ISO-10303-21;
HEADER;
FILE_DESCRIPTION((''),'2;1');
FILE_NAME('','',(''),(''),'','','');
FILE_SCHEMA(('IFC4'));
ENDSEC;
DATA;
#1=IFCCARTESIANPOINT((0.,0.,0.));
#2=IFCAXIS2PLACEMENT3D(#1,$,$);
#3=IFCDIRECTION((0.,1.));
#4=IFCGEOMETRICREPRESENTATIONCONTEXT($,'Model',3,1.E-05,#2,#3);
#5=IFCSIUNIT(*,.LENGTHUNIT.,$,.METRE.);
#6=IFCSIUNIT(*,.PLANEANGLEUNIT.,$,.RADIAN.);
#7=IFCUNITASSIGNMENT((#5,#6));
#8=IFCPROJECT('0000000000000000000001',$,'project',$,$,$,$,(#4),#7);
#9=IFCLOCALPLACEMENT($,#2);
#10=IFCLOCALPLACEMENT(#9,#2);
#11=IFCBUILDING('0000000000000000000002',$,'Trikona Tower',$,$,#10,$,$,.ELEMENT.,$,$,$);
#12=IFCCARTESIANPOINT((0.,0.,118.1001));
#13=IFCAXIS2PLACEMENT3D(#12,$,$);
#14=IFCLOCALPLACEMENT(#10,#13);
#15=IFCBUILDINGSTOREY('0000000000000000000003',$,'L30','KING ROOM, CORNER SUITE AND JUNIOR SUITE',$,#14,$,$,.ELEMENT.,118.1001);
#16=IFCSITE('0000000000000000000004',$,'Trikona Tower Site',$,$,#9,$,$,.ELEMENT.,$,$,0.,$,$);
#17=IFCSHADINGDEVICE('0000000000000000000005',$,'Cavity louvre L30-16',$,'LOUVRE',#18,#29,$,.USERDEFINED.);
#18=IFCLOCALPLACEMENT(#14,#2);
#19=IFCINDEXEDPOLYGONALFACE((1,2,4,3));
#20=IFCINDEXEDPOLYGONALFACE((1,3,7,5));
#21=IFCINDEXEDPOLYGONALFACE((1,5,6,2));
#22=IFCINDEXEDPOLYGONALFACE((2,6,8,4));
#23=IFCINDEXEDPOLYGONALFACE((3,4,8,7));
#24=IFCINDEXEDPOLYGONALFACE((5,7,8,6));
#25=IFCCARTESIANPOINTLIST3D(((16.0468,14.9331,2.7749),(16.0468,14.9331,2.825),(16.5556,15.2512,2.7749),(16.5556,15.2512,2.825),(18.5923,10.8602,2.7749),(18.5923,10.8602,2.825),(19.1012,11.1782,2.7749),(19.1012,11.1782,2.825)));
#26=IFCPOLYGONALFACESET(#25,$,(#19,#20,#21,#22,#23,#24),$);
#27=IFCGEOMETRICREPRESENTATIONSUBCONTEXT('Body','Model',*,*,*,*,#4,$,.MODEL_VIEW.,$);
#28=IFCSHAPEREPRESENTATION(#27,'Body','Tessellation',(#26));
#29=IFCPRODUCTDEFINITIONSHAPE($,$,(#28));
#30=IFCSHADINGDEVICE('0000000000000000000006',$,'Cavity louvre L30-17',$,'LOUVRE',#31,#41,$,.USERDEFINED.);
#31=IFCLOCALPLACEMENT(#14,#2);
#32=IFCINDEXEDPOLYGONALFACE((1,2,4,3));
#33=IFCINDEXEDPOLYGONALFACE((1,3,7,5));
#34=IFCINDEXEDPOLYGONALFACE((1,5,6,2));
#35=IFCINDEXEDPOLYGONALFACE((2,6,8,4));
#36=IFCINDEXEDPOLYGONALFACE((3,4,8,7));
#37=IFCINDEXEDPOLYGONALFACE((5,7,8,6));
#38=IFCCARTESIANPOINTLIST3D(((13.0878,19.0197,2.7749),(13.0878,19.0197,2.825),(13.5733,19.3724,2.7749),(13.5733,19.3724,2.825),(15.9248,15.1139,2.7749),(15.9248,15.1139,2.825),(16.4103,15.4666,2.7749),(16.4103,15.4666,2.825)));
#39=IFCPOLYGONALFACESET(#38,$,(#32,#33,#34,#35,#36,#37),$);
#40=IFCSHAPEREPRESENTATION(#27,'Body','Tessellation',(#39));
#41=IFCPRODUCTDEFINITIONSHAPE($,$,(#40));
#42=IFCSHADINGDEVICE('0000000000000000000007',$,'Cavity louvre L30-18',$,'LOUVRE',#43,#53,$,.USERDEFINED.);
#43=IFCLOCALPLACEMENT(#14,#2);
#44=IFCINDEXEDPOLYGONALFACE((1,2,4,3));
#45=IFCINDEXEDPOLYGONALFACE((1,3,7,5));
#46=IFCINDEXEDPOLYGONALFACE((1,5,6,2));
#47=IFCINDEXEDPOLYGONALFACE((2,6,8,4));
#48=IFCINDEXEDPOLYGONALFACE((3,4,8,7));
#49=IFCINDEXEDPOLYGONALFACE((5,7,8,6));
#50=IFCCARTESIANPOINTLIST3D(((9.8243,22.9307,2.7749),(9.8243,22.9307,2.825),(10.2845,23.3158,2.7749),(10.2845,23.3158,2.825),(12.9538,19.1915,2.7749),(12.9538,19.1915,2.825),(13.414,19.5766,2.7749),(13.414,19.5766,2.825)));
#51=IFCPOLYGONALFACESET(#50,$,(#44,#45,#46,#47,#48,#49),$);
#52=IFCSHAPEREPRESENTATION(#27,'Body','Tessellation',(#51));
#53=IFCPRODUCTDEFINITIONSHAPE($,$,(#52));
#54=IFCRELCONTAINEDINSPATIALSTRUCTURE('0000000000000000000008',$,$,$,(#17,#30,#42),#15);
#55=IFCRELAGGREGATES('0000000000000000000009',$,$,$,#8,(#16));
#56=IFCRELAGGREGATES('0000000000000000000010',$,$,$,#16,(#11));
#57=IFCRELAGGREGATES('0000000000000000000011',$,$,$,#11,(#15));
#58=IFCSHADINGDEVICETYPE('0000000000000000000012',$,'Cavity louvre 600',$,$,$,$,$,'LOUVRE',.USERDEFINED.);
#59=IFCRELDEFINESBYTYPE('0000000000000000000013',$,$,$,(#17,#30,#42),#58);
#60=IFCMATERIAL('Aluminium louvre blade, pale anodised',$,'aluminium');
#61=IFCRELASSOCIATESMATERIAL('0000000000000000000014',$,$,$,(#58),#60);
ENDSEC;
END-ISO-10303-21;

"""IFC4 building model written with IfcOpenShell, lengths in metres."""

from ifc_helpers import new_model, si_unit, direction, frame, origin, origin_2d, place, context, subcontext, project, spatial, rectangle, extrude, material, type_object, element, save


model = new_model("IFC4")

# Units and contexts
model_context = context("Model", 3, precision=1e-05, world=origin(), true_north=direction((0.0, 1.0)))
body_context = subcontext(model_context, "Body", "Model", "MODEL_VIEW")
ifc_project = project(units=[si_unit("LENGTHUNIT", "METRE"), si_unit("PLANEANGLEUNIT", "RADIAN")], contexts=[model_context])

# Site, building, storey
site_placement = place(None, origin())
site = spatial("IfcSite", under=ifc_project, at=site_placement, Name="Trikona Tower Site", CompositionType="ELEMENT", RefElevation=0.0)
building_placement = place(site_placement, origin())
building = spatial("IfcBuilding", under=site, at=building_placement, Name="Trikona Tower", CompositionType="ELEMENT")
storey_placement = place(building_placement, frame((0.0, 0.0, 118.1001)))
storey = spatial("IfcBuildingStorey", under=building, at=storey_placement, Name="L30", Description="KING ROOM, CORNER SUITE AND JUNIOR SUITE", CompositionType="ELEMENT", Elevation=118.1001)

# Shading devices
ifc_material_1 = material(Name="Aluminium louvre blade, pale anodised", Category="aluminium")
shading_device_type = type_object("IfcShadingDeviceType", Name="Cavity louvre 600", ElementType="LOUVRE", PredefinedType="USERDEFINED", material=ifc_material_1)
shading_device_1_placement = place(storey_placement, frame((17.574, 13.0557, 2.7749), z_axis=(0.0, 0.0, 1.0), x_axis=(-0.529995, 0.848001, 0.0)))
element("IfcShadingDevice", 1, at=shading_device_1_placement, inside=storey, type_object=shading_device_type, Name="Cavity louvre L30-16", ObjectType="LOUVRE", PredefinedType="USERDEFINED", context=body_context, shape_type="SweptSolid", body=[
    extrude(rectangle(XDim=4.803, YDim=0.6001, at=origin_2d()), origin(), (0.0, 0.0, 1.0), 0.05),
])
shading_device_2_placement = place(storey_placement, frame((14.749, 17.2432, 2.7749), z_axis=(0.0, 0.0, 1.0), x_axis=(-0.587686, 0.809089, 0.0)))
element("IfcShadingDevice", 2, at=shading_device_2_placement, inside=storey, type_object=shading_device_type, Name="Cavity louvre L30-17", ObjectType="LOUVRE", PredefinedType="USERDEFINED", context=body_context, shape_type="SweptSolid", body=[
    extrude(rectangle(XDim=4.8274, YDim=0.6001, at=origin_2d()), origin(), (0.0, 0.0, 1.0), 0.05),
])
shading_device_3_placement = place(storey_placement, frame((11.6191, 21.2537, 2.7749), z_axis=(0.0, 0.0, 1.0), x_axis=(-0.641807, 0.766866, 0.0)))
element("IfcShadingDevice", 3, at=shading_device_3_placement, inside=storey, type_object=shading_device_type, Name="Cavity louvre L30-18", ObjectType="LOUVRE", PredefinedType="USERDEFINED", context=body_context, shape_type="SweptSolid", body=[
    extrude(rectangle(XDim=4.876, YDim=0.6001, at=origin_2d()), origin(), (0.0, 0.0, 1.0), 0.05),
])

save(model, "model.ifc")
